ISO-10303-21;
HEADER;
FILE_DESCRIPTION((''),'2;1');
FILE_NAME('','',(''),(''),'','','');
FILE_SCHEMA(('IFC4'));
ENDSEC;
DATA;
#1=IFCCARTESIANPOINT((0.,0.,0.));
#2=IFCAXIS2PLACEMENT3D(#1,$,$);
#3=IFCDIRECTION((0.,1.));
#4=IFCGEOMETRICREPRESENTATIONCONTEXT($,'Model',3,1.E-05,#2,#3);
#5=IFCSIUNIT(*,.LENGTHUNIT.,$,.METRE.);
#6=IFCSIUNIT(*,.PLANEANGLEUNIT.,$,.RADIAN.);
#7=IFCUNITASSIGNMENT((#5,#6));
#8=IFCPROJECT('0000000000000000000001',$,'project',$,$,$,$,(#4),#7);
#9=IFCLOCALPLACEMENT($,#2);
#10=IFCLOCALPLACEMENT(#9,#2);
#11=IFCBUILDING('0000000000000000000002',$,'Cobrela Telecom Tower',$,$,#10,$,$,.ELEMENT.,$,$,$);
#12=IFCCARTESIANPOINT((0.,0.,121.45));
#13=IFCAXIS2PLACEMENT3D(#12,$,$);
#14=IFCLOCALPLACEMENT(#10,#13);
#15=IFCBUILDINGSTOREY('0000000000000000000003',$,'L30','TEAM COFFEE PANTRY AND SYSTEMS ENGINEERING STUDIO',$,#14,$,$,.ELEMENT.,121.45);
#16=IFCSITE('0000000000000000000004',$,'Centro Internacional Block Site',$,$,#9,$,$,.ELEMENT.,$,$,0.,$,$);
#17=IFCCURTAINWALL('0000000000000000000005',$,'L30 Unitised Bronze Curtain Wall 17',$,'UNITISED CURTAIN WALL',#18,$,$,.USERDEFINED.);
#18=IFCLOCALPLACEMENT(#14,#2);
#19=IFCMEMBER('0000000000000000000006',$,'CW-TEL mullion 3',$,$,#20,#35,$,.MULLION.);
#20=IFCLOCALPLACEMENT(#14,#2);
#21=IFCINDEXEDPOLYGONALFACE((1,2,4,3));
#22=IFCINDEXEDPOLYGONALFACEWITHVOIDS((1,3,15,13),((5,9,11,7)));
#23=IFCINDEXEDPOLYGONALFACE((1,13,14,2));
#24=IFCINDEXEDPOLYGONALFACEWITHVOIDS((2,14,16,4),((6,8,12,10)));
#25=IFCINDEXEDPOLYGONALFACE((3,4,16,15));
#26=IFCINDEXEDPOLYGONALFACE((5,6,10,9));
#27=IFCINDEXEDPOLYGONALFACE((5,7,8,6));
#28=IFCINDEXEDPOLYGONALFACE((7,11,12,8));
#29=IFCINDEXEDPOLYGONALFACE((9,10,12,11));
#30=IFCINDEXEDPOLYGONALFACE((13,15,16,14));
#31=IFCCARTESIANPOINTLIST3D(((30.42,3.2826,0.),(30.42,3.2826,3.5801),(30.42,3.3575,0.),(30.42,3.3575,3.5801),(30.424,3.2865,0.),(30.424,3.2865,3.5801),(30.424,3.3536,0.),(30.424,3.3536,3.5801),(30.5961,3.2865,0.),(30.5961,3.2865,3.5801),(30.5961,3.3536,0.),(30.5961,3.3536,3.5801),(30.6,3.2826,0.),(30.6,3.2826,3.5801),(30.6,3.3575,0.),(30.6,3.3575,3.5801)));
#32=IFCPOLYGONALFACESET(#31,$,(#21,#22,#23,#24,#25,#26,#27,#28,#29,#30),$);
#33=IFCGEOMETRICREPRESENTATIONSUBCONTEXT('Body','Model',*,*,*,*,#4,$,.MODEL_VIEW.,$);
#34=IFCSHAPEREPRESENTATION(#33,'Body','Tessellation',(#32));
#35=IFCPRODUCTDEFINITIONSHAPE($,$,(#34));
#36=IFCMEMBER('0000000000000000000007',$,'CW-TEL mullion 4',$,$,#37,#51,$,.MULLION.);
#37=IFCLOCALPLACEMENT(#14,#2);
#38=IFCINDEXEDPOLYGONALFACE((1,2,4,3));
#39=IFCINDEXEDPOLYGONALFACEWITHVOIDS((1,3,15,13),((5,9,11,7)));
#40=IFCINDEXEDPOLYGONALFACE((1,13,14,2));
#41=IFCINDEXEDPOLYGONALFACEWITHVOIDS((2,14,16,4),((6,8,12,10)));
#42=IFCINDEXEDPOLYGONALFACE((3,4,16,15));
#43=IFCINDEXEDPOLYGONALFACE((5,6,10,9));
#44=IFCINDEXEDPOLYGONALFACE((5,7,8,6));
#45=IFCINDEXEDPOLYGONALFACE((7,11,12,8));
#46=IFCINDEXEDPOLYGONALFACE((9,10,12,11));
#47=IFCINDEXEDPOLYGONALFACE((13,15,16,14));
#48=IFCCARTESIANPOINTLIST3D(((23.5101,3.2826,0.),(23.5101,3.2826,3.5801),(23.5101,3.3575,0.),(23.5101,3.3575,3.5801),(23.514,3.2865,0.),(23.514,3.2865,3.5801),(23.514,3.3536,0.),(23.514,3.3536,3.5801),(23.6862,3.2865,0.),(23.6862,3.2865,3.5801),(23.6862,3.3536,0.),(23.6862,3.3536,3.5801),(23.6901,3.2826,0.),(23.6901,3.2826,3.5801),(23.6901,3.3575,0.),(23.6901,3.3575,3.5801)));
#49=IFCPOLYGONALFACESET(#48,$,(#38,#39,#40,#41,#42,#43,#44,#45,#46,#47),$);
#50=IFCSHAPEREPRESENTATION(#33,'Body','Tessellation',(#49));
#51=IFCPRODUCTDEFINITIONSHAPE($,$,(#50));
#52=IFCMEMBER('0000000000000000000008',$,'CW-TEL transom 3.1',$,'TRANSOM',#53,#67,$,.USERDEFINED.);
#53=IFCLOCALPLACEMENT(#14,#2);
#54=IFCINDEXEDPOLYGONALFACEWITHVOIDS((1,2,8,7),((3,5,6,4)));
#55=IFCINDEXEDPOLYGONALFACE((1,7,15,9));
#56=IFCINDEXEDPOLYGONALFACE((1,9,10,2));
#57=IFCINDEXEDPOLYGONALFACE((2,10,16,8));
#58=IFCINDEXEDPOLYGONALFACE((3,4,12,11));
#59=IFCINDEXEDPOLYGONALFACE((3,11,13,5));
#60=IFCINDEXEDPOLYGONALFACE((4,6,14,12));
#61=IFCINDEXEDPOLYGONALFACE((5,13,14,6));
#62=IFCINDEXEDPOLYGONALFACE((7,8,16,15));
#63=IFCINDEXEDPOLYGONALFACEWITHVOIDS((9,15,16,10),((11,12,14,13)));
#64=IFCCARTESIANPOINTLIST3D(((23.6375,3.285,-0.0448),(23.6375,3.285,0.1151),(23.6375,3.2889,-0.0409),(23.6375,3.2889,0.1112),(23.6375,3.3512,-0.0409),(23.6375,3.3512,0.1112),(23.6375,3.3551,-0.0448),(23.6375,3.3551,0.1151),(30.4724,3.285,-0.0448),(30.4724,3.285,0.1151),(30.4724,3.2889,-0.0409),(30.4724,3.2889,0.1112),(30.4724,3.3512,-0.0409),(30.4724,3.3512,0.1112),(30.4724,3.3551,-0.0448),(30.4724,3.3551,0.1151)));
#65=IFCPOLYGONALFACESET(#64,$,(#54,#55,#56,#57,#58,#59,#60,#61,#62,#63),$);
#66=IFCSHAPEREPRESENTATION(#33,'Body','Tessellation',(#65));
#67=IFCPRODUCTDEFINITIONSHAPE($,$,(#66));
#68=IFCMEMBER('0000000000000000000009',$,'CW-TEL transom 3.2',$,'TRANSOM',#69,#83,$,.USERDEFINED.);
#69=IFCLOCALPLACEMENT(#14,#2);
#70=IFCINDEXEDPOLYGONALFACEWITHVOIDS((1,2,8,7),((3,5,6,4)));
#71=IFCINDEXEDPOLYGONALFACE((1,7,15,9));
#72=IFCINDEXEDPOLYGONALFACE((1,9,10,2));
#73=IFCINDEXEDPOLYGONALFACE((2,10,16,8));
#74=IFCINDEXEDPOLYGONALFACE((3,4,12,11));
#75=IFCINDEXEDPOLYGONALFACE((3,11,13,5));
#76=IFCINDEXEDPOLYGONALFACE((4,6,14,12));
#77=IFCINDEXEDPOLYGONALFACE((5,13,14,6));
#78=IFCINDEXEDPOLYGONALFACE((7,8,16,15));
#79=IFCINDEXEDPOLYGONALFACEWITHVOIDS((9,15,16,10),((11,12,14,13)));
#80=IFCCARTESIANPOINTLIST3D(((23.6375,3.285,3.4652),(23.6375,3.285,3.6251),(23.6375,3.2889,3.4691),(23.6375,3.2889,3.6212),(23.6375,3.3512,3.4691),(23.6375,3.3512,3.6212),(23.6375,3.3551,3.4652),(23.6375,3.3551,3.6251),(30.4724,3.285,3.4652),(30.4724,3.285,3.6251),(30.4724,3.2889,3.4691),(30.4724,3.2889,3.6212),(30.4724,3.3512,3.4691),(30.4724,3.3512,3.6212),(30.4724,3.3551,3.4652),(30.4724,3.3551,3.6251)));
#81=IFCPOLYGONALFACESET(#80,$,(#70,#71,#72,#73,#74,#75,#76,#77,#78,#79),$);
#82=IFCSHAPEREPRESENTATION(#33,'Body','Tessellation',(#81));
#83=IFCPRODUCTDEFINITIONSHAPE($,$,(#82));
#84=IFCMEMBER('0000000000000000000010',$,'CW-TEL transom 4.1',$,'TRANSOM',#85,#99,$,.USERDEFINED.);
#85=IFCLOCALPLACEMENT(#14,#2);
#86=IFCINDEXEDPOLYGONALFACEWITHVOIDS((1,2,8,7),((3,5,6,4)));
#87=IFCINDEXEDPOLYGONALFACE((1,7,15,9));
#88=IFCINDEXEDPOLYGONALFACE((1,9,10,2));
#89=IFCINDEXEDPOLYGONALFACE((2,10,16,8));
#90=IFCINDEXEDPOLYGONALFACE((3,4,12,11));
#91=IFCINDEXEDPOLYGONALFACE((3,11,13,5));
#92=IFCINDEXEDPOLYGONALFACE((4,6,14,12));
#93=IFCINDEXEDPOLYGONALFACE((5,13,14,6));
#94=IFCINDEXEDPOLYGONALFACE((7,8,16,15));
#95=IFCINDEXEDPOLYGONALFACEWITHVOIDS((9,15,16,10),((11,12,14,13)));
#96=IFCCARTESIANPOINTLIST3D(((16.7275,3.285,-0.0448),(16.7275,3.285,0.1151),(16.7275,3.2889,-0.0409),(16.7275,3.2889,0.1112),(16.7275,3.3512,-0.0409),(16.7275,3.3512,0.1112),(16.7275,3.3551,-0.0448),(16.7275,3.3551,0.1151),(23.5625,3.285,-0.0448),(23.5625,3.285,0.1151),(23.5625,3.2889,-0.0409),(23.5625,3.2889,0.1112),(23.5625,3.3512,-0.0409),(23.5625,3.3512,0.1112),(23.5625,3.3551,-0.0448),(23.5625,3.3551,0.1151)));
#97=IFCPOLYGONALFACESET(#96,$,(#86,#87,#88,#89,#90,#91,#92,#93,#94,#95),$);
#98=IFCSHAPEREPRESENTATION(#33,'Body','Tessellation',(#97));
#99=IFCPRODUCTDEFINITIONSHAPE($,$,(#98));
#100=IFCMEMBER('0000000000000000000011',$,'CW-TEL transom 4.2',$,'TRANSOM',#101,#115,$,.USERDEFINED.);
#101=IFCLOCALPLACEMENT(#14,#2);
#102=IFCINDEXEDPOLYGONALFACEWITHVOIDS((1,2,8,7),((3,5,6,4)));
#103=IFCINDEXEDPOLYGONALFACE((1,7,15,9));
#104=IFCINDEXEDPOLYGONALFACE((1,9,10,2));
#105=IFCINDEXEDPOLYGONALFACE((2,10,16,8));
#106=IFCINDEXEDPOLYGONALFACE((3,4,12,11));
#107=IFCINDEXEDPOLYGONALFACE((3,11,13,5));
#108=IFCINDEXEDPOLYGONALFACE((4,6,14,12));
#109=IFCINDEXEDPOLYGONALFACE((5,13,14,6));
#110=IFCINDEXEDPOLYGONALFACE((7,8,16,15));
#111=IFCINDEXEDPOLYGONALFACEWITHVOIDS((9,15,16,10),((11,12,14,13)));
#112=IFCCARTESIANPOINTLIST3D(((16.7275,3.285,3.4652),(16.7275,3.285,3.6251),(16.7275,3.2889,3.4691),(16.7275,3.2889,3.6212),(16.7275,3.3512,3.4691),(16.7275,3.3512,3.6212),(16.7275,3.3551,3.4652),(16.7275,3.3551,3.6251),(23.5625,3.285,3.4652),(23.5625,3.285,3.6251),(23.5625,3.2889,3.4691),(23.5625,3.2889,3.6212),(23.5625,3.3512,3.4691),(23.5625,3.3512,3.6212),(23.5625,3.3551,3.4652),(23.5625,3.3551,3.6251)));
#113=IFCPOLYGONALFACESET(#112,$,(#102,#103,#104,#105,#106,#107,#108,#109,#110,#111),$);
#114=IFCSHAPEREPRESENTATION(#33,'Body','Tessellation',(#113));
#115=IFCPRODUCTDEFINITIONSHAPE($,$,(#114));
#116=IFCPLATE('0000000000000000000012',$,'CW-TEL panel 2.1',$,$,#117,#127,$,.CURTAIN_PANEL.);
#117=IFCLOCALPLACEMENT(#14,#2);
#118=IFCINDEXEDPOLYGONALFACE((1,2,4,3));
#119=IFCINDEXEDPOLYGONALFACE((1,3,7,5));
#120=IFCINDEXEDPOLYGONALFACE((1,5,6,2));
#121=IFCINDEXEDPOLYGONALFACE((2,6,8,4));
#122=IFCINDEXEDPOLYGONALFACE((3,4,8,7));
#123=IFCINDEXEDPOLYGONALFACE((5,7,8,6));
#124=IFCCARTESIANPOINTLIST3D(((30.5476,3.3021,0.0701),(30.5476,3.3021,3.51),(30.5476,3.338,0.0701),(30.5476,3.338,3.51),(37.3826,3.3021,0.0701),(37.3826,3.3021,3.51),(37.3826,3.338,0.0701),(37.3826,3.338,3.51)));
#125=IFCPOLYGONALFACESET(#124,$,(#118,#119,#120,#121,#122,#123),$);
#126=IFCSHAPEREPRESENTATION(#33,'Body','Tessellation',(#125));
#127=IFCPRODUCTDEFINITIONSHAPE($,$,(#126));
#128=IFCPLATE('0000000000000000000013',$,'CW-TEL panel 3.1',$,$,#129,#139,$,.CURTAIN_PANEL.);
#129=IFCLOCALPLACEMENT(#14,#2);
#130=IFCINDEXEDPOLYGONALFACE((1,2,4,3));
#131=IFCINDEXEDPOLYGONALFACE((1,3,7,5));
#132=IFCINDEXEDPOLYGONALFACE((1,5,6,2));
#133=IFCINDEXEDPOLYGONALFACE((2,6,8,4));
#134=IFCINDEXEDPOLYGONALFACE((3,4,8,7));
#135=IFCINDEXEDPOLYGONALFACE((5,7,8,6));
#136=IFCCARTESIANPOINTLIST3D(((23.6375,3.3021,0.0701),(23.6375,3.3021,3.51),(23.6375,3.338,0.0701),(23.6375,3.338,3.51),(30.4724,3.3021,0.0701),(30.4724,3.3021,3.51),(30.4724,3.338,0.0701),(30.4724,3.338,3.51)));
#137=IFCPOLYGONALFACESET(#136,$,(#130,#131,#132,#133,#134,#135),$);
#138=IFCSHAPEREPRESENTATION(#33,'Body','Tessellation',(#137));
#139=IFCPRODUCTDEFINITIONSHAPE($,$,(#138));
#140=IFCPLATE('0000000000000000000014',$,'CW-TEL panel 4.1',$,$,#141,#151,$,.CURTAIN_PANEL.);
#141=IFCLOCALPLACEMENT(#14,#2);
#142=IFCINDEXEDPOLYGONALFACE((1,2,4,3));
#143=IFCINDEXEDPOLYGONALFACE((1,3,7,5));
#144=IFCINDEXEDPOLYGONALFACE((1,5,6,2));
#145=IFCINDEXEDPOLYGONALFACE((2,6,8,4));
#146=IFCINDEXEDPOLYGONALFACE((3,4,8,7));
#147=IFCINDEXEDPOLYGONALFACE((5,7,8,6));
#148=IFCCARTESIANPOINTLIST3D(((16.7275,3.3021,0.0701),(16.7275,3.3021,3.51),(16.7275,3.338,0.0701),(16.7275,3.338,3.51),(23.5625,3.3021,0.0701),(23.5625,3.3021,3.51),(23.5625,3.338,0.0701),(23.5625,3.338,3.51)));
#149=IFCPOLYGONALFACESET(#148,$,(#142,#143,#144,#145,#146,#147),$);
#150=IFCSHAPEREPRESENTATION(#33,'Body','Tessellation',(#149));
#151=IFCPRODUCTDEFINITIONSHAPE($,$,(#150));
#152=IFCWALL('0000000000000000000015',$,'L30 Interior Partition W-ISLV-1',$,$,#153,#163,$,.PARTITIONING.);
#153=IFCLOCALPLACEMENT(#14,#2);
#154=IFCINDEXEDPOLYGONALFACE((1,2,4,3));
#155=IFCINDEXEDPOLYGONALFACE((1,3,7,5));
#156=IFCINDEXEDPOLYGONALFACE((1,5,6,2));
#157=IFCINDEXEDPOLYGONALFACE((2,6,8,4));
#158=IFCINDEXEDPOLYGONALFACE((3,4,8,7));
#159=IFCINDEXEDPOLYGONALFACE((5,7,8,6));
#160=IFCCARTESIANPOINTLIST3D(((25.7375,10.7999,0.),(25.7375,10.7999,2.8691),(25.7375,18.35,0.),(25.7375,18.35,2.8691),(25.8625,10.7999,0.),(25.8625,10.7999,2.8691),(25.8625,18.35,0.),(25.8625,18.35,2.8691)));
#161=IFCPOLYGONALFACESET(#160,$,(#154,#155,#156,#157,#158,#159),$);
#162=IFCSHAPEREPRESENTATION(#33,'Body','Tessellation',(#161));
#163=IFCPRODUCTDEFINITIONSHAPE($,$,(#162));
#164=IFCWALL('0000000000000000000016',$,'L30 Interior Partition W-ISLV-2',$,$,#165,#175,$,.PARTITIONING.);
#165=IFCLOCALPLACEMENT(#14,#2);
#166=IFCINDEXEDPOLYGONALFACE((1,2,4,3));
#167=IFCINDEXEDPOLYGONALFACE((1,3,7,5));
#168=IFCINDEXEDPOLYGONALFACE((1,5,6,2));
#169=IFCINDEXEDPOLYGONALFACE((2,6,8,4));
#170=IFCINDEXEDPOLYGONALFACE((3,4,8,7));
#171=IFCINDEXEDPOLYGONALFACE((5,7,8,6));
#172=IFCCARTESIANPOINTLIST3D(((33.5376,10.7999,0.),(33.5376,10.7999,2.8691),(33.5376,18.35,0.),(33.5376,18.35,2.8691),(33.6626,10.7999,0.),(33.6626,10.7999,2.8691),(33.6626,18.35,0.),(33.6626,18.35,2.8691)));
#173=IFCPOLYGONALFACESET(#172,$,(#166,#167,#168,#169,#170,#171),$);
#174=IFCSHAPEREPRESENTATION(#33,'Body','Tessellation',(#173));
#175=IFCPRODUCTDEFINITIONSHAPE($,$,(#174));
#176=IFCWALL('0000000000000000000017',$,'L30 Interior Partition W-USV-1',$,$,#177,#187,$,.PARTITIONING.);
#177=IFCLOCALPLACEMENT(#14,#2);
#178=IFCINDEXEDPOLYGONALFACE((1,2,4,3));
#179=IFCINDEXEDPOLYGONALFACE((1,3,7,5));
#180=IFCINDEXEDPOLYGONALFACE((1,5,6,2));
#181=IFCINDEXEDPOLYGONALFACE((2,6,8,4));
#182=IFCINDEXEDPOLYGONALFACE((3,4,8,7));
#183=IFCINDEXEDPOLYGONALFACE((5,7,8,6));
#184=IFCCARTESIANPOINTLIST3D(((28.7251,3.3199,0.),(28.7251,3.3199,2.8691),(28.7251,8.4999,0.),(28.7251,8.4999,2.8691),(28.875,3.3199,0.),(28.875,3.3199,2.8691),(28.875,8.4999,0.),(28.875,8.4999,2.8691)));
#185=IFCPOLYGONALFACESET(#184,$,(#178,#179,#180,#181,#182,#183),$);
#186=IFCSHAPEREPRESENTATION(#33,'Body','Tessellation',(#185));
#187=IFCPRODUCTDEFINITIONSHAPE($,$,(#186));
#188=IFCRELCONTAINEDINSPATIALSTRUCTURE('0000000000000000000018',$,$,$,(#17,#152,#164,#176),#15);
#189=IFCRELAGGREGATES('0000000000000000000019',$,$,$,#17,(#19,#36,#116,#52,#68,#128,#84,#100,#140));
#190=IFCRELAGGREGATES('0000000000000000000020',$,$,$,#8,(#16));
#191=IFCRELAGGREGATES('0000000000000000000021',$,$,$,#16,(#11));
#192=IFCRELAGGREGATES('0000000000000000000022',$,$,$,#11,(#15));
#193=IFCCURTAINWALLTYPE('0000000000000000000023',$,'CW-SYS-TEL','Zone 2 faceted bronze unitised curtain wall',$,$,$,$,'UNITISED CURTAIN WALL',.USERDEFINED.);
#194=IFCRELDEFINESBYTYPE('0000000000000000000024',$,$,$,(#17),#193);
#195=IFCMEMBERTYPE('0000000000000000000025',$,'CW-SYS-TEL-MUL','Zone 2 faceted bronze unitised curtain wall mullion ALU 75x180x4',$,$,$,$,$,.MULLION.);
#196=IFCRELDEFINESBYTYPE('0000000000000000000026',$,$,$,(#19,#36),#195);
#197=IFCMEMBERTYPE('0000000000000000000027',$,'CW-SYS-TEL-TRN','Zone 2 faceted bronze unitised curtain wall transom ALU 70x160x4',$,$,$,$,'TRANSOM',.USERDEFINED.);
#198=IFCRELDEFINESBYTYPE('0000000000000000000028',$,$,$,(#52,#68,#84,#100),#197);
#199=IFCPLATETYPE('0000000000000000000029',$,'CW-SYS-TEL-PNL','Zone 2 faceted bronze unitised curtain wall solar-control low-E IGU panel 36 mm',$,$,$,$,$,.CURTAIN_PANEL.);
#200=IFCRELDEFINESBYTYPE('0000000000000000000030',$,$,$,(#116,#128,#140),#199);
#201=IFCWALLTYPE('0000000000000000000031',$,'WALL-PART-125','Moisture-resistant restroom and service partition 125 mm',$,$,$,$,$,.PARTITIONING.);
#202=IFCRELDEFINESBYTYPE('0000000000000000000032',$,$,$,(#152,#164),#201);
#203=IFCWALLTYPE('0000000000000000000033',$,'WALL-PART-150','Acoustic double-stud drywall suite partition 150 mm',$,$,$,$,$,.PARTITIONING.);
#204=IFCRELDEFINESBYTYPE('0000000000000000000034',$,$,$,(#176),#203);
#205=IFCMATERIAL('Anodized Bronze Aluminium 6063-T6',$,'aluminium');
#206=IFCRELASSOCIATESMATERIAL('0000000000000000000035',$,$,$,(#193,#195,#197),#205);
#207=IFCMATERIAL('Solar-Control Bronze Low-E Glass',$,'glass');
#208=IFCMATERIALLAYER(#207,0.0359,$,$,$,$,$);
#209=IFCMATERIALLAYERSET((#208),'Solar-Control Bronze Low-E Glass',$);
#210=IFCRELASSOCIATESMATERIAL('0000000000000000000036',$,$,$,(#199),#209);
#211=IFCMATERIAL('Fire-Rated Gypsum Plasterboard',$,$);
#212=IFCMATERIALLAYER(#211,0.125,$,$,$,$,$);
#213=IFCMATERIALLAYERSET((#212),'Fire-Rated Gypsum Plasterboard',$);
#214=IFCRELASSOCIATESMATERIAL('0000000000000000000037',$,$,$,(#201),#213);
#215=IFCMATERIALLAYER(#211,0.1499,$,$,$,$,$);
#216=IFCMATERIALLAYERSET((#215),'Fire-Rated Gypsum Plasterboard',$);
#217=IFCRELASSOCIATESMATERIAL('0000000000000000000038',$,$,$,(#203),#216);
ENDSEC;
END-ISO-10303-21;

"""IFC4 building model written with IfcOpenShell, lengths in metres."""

from ifc_helpers import new_model, si_unit, direction, frame, frame_2d, origin, origin_2d, place, context, subcontext, project, spatial, rectangle, hollow_rectangle, extrude, material, layer, layer_set, material_profile, profile_set, type_object, element, aggregate, save


model = new_model("IFC4")

# Units and contexts
model_context = context("Model", 3, precision=1e-05, world=origin(), true_north=direction((0.0, 1.0)))
body_context = subcontext(model_context, "Body", "Model", "MODEL_VIEW")
ifc_project = project(units=[si_unit("LENGTHUNIT", "METRE"), si_unit("PLANEANGLEUNIT", "RADIAN")], contexts=[model_context])

# Site, building, storey
site_placement = place(None, origin())
site = spatial("IfcSite", under=ifc_project, at=site_placement, Name="Centro Internacional Block Site", CompositionType="ELEMENT", RefElevation=0.0)
building_placement = place(site_placement, origin())
building = spatial("IfcBuilding", under=site, at=building_placement, Name="Cobrela Telecom Tower", CompositionType="ELEMENT")
storey_placement = place(building_placement, frame((0.0, 0.0, 121.45)))
storey = spatial("IfcBuildingStorey", under=building, at=storey_placement, Name="L30", Description="TEAM COFFEE PANTRY AND SYSTEMS ENGINEERING STUDIO", CompositionType="ELEMENT", Elevation=121.45)

# Curtain wall, members, plates
ifc_material_1 = material(Name="Anodized Bronze Aluminium 6063-T6", Category="aluminium")
curtain_wall_type = type_object("IfcCurtainWallType", Name="CW-SYS-TEL", Description="Zone 2 faceted bronze unitised curtain wall", ElementType="UNITISED CURTAIN WALL", PredefinedType="USERDEFINED", material=ifc_material_1)
curtain_wall_placement = place(storey_placement, origin())
curtain_wall = element("IfcCurtainWall", 1, at=curtain_wall_placement, inside=storey, type_object=curtain_wall_type, Name="L30 Unitised Bronze Curtain Wall 17", ObjectType="UNITISED CURTAIN WALL", PredefinedType="USERDEFINED")
ifc_material_profile_1 = material_profile(ifc_material_1, hollow_rectangle(XDim=0.075, YDim=0.1799, WallThickness=0.0039, at=origin_2d()), Name="ALU 75x180x4")
ifc_profile_set_1 = profile_set([ifc_material_profile_1], Name="Anodized Bronze Aluminium 6063-T6")
member_type_1 = type_object("IfcMemberType", Name="CW-SYS-TEL-MUL", Description="Zone 2 faceted bronze unitised curtain wall mullion ALU 75x180x4", PredefinedType="MULLION", material=ifc_profile_set_1)
member_1_placement = place(storey_placement, frame((30.51, 3.3201, 0.0), z_axis=(0.0, 0.0, 1.0), x_axis=(0.0, -1.0, 0.0)))
member_1 = element("IfcMember", 2, at=member_1_placement, type_object=member_type_1, Name="CW-TEL mullion 3", PredefinedType="MULLION", context=body_context, shape_type="SweptSolid", body=[
    extrude(hollow_rectangle(XDim=0.075, YDim=0.1799, WallThickness=0.0039, at=origin_2d()), origin(), (0.0, 0.0, 1.0), 3.5801),
])
member_2_placement = place(storey_placement, frame((23.6001, 3.3201, 0.0), z_axis=(0.0, 0.0, 1.0), x_axis=(0.0, -1.0, 0.0)))
member_2 = element("IfcMember", 3, at=member_2_placement, type_object=member_type_1, Name="CW-TEL mullion 4", PredefinedType="MULLION", context=body_context, shape_type="SweptSolid", body=[
    extrude(hollow_rectangle(XDim=0.075, YDim=0.1799, WallThickness=0.0039, at=origin_2d()), origin(), (0.0, 0.0, 1.0), 3.5801),
])
ifc_material_profile_2 = material_profile(ifc_material_1, hollow_rectangle(XDim=0.0701, YDim=0.1599, WallThickness=0.0039, at=origin_2d()), Name="ALU 70x160x4")
ifc_profile_set_2 = profile_set([ifc_material_profile_2], Name="Anodized Bronze Aluminium 6063-T6")
member_type_2 = type_object("IfcMemberType", Name="CW-SYS-TEL-TRN", Description="Zone 2 faceted bronze unitised curtain wall transom ALU 70x160x4", ElementType="TRANSOM", PredefinedType="USERDEFINED", material=ifc_profile_set_2)
member_3_placement = place(storey_placement, frame((30.4724, 3.3201, 0.0352), z_axis=(-1.0, 0.0, 0.0), x_axis=(0.0, -1.0, 0.0)))
member_3 = element("IfcMember", 4, at=member_3_placement, type_object=member_type_2, Name="CW-TEL transom 3.1", ObjectType="TRANSOM", PredefinedType="USERDEFINED", context=body_context, shape_type="SweptSolid", body=[
    extrude(hollow_rectangle(XDim=0.0701, YDim=0.1599, WallThickness=0.0039, at=origin_2d()), origin(), (0.0, 0.0, 1.0), 6.835),
])
member_4_placement = place(storey_placement, frame((30.4724, 3.3201, 3.5452), z_axis=(-1.0, 0.0, 0.0), x_axis=(0.0, -1.0, 0.0)))
member_4 = element("IfcMember", 5, at=member_4_placement, type_object=member_type_2, Name="CW-TEL transom 3.2", ObjectType="TRANSOM", PredefinedType="USERDEFINED", context=body_context, shape_type="SweptSolid", body=[
    extrude(hollow_rectangle(XDim=0.0701, YDim=0.1599, WallThickness=0.0039, at=origin_2d()), origin(), (0.0, 0.0, 1.0), 6.835),
])
member_5_placement = place(storey_placement, frame((23.5625, 3.3201, 0.0352), z_axis=(-1.0, 0.0, 0.0), x_axis=(0.0, -1.0, 0.0)))
member_5 = element("IfcMember", 6, at=member_5_placement, type_object=member_type_2, Name="CW-TEL transom 4.1", ObjectType="TRANSOM", PredefinedType="USERDEFINED", context=body_context, shape_type="SweptSolid", body=[
    extrude(hollow_rectangle(XDim=0.0701, YDim=0.1599, WallThickness=0.0039, at=origin_2d()), origin(), (0.0, 0.0, 1.0), 6.835),
])
member_6_placement = place(storey_placement, frame((23.5625, 3.3201, 3.5452), z_axis=(-1.0, 0.0, 0.0), x_axis=(0.0, -1.0, 0.0)))
member_6 = element("IfcMember", 7, at=member_6_placement, type_object=member_type_2, Name="CW-TEL transom 4.2", ObjectType="TRANSOM", PredefinedType="USERDEFINED", context=body_context, shape_type="SweptSolid", body=[
    extrude(hollow_rectangle(XDim=0.0701, YDim=0.1599, WallThickness=0.0039, at=origin_2d()), origin(), (0.0, 0.0, 1.0), 6.835),
])
ifc_material_2 = material(Name="Solar-Control Bronze Low-E Glass", Category="glass")
ifc_layer_1 = layer(ifc_material_2, 0.0359)
ifc_layer_set_1 = layer_set([ifc_layer_1], Name="Solar-Control Bronze Low-E Glass")
plate_type = type_object("IfcPlateType", Name="CW-SYS-TEL-PNL", Description="Zone 2 faceted bronze unitised curtain wall solar-control low-E IGU panel 36 mm", PredefinedType="CURTAIN_PANEL", material=ifc_layer_set_1)
plate_1_placement = place(storey_placement, frame((33.9651, 3.3201, 0.0701), z_axis=(0.0, 0.0, 1.0), x_axis=(-1.0, 0.0, 0.0)))
plate_1 = element("IfcPlate", 8, at=plate_1_placement, type_object=plate_type, Name="CW-TEL panel 2.1", PredefinedType="CURTAIN_PANEL", context=body_context, shape_type="SweptSolid", body=[
    extrude(rectangle(XDim=6.835, YDim=0.0359, at=origin_2d()), origin(), (0.0, 0.0, 1.0), 3.4399),
])
plate_2_placement = place(storey_placement, frame((27.0549, 3.3201, 0.0701), z_axis=(0.0, 0.0, 1.0), x_axis=(-1.0, 0.0, 0.0)))
plate_2 = element("IfcPlate", 9, at=plate_2_placement, type_object=plate_type, Name="CW-TEL panel 3.1", PredefinedType="CURTAIN_PANEL", context=body_context, shape_type="SweptSolid", body=[
    extrude(rectangle(XDim=6.835, YDim=0.0359, at=origin_2d()), origin(), (0.0, 0.0, 1.0), 3.4399),
])
plate_3_placement = place(storey_placement, frame((20.145, 3.3201, 0.0701), z_axis=(0.0, 0.0, 1.0), x_axis=(-1.0, 0.0, 0.0)))
plate_3 = element("IfcPlate", 10, at=plate_3_placement, type_object=plate_type, Name="CW-TEL panel 4.1", PredefinedType="CURTAIN_PANEL", context=body_context, shape_type="SweptSolid", body=[
    extrude(rectangle(XDim=6.835, YDim=0.0359, at=origin_2d()), origin(), (0.0, 0.0, 1.0), 3.4399),
])
aggregate(curtain_wall, [member_1, member_2, plate_1, member_3, member_4, plate_2, member_5, member_6, plate_3])

# Walls
ifc_material_3 = material(Name="Fire-Rated Gypsum Plasterboard")
ifc_layer_2 = layer(ifc_material_3, 0.125)
ifc_layer_set_2 = layer_set([ifc_layer_2], Name="Fire-Rated Gypsum Plasterboard")
wall_type_1 = type_object("IfcWallType", Name="WALL-PART-125", Description="Moisture-resistant restroom and service partition 125 mm", PredefinedType="PARTITIONING", material=ifc_layer_set_2)
for number, where, z_axis, x_axis, name in (
    (11, (25.8, 10.8, 0.0), (0.0, 0.0, 1.0), (0.0, 1.0, 0.0), "L30 Interior Partition W-ISLV-1"),
    (12, (33.6001, 10.8, 0.0), (0.0, 0.0, 1.0), (0.0, 1.0, 0.0), "L30 Interior Partition W-ISLV-2"),
):
    element("IfcWall", number, at=place(storey_placement, frame(where, z_axis=z_axis, x_axis=x_axis)), inside=storey, type_object=wall_type_1, Name=name, PredefinedType="PARTITIONING", context=body_context, shape_type="SweptSolid", body=[
        extrude(rectangle(XDim=7.55, YDim=0.125, at=frame_2d((3.7749, 0.0))), origin(), (0.0, 0.0, 1.0), 2.8691),
    ])
ifc_layer_3 = layer(ifc_material_3, 0.1499)
ifc_layer_set_3 = layer_set([ifc_layer_3], Name="Fire-Rated Gypsum Plasterboard")
wall_type_2 = type_object("IfcWallType", Name="WALL-PART-150", Description="Acoustic double-stud drywall suite partition 150 mm", PredefinedType="PARTITIONING", material=ifc_layer_set_3)
wall_placement = place(storey_placement, frame((28.8, 3.3201, 0.0), z_axis=(0.0, 0.0, 1.0), x_axis=(0.0, 1.0, 0.0)))
element("IfcWall", 13, at=wall_placement, inside=storey, type_object=wall_type_2, Name="L30 Interior Partition W-USV-1", PredefinedType="PARTITIONING", context=body_context, shape_type="SweptSolid", body=[
    extrude(rectangle(XDim=5.1799, YDim=0.1499, at=frame_2d((2.5898, 0.0))), origin(), (0.0, 0.0, 1.0), 2.8691),
])

save(model, "model.ifc")
